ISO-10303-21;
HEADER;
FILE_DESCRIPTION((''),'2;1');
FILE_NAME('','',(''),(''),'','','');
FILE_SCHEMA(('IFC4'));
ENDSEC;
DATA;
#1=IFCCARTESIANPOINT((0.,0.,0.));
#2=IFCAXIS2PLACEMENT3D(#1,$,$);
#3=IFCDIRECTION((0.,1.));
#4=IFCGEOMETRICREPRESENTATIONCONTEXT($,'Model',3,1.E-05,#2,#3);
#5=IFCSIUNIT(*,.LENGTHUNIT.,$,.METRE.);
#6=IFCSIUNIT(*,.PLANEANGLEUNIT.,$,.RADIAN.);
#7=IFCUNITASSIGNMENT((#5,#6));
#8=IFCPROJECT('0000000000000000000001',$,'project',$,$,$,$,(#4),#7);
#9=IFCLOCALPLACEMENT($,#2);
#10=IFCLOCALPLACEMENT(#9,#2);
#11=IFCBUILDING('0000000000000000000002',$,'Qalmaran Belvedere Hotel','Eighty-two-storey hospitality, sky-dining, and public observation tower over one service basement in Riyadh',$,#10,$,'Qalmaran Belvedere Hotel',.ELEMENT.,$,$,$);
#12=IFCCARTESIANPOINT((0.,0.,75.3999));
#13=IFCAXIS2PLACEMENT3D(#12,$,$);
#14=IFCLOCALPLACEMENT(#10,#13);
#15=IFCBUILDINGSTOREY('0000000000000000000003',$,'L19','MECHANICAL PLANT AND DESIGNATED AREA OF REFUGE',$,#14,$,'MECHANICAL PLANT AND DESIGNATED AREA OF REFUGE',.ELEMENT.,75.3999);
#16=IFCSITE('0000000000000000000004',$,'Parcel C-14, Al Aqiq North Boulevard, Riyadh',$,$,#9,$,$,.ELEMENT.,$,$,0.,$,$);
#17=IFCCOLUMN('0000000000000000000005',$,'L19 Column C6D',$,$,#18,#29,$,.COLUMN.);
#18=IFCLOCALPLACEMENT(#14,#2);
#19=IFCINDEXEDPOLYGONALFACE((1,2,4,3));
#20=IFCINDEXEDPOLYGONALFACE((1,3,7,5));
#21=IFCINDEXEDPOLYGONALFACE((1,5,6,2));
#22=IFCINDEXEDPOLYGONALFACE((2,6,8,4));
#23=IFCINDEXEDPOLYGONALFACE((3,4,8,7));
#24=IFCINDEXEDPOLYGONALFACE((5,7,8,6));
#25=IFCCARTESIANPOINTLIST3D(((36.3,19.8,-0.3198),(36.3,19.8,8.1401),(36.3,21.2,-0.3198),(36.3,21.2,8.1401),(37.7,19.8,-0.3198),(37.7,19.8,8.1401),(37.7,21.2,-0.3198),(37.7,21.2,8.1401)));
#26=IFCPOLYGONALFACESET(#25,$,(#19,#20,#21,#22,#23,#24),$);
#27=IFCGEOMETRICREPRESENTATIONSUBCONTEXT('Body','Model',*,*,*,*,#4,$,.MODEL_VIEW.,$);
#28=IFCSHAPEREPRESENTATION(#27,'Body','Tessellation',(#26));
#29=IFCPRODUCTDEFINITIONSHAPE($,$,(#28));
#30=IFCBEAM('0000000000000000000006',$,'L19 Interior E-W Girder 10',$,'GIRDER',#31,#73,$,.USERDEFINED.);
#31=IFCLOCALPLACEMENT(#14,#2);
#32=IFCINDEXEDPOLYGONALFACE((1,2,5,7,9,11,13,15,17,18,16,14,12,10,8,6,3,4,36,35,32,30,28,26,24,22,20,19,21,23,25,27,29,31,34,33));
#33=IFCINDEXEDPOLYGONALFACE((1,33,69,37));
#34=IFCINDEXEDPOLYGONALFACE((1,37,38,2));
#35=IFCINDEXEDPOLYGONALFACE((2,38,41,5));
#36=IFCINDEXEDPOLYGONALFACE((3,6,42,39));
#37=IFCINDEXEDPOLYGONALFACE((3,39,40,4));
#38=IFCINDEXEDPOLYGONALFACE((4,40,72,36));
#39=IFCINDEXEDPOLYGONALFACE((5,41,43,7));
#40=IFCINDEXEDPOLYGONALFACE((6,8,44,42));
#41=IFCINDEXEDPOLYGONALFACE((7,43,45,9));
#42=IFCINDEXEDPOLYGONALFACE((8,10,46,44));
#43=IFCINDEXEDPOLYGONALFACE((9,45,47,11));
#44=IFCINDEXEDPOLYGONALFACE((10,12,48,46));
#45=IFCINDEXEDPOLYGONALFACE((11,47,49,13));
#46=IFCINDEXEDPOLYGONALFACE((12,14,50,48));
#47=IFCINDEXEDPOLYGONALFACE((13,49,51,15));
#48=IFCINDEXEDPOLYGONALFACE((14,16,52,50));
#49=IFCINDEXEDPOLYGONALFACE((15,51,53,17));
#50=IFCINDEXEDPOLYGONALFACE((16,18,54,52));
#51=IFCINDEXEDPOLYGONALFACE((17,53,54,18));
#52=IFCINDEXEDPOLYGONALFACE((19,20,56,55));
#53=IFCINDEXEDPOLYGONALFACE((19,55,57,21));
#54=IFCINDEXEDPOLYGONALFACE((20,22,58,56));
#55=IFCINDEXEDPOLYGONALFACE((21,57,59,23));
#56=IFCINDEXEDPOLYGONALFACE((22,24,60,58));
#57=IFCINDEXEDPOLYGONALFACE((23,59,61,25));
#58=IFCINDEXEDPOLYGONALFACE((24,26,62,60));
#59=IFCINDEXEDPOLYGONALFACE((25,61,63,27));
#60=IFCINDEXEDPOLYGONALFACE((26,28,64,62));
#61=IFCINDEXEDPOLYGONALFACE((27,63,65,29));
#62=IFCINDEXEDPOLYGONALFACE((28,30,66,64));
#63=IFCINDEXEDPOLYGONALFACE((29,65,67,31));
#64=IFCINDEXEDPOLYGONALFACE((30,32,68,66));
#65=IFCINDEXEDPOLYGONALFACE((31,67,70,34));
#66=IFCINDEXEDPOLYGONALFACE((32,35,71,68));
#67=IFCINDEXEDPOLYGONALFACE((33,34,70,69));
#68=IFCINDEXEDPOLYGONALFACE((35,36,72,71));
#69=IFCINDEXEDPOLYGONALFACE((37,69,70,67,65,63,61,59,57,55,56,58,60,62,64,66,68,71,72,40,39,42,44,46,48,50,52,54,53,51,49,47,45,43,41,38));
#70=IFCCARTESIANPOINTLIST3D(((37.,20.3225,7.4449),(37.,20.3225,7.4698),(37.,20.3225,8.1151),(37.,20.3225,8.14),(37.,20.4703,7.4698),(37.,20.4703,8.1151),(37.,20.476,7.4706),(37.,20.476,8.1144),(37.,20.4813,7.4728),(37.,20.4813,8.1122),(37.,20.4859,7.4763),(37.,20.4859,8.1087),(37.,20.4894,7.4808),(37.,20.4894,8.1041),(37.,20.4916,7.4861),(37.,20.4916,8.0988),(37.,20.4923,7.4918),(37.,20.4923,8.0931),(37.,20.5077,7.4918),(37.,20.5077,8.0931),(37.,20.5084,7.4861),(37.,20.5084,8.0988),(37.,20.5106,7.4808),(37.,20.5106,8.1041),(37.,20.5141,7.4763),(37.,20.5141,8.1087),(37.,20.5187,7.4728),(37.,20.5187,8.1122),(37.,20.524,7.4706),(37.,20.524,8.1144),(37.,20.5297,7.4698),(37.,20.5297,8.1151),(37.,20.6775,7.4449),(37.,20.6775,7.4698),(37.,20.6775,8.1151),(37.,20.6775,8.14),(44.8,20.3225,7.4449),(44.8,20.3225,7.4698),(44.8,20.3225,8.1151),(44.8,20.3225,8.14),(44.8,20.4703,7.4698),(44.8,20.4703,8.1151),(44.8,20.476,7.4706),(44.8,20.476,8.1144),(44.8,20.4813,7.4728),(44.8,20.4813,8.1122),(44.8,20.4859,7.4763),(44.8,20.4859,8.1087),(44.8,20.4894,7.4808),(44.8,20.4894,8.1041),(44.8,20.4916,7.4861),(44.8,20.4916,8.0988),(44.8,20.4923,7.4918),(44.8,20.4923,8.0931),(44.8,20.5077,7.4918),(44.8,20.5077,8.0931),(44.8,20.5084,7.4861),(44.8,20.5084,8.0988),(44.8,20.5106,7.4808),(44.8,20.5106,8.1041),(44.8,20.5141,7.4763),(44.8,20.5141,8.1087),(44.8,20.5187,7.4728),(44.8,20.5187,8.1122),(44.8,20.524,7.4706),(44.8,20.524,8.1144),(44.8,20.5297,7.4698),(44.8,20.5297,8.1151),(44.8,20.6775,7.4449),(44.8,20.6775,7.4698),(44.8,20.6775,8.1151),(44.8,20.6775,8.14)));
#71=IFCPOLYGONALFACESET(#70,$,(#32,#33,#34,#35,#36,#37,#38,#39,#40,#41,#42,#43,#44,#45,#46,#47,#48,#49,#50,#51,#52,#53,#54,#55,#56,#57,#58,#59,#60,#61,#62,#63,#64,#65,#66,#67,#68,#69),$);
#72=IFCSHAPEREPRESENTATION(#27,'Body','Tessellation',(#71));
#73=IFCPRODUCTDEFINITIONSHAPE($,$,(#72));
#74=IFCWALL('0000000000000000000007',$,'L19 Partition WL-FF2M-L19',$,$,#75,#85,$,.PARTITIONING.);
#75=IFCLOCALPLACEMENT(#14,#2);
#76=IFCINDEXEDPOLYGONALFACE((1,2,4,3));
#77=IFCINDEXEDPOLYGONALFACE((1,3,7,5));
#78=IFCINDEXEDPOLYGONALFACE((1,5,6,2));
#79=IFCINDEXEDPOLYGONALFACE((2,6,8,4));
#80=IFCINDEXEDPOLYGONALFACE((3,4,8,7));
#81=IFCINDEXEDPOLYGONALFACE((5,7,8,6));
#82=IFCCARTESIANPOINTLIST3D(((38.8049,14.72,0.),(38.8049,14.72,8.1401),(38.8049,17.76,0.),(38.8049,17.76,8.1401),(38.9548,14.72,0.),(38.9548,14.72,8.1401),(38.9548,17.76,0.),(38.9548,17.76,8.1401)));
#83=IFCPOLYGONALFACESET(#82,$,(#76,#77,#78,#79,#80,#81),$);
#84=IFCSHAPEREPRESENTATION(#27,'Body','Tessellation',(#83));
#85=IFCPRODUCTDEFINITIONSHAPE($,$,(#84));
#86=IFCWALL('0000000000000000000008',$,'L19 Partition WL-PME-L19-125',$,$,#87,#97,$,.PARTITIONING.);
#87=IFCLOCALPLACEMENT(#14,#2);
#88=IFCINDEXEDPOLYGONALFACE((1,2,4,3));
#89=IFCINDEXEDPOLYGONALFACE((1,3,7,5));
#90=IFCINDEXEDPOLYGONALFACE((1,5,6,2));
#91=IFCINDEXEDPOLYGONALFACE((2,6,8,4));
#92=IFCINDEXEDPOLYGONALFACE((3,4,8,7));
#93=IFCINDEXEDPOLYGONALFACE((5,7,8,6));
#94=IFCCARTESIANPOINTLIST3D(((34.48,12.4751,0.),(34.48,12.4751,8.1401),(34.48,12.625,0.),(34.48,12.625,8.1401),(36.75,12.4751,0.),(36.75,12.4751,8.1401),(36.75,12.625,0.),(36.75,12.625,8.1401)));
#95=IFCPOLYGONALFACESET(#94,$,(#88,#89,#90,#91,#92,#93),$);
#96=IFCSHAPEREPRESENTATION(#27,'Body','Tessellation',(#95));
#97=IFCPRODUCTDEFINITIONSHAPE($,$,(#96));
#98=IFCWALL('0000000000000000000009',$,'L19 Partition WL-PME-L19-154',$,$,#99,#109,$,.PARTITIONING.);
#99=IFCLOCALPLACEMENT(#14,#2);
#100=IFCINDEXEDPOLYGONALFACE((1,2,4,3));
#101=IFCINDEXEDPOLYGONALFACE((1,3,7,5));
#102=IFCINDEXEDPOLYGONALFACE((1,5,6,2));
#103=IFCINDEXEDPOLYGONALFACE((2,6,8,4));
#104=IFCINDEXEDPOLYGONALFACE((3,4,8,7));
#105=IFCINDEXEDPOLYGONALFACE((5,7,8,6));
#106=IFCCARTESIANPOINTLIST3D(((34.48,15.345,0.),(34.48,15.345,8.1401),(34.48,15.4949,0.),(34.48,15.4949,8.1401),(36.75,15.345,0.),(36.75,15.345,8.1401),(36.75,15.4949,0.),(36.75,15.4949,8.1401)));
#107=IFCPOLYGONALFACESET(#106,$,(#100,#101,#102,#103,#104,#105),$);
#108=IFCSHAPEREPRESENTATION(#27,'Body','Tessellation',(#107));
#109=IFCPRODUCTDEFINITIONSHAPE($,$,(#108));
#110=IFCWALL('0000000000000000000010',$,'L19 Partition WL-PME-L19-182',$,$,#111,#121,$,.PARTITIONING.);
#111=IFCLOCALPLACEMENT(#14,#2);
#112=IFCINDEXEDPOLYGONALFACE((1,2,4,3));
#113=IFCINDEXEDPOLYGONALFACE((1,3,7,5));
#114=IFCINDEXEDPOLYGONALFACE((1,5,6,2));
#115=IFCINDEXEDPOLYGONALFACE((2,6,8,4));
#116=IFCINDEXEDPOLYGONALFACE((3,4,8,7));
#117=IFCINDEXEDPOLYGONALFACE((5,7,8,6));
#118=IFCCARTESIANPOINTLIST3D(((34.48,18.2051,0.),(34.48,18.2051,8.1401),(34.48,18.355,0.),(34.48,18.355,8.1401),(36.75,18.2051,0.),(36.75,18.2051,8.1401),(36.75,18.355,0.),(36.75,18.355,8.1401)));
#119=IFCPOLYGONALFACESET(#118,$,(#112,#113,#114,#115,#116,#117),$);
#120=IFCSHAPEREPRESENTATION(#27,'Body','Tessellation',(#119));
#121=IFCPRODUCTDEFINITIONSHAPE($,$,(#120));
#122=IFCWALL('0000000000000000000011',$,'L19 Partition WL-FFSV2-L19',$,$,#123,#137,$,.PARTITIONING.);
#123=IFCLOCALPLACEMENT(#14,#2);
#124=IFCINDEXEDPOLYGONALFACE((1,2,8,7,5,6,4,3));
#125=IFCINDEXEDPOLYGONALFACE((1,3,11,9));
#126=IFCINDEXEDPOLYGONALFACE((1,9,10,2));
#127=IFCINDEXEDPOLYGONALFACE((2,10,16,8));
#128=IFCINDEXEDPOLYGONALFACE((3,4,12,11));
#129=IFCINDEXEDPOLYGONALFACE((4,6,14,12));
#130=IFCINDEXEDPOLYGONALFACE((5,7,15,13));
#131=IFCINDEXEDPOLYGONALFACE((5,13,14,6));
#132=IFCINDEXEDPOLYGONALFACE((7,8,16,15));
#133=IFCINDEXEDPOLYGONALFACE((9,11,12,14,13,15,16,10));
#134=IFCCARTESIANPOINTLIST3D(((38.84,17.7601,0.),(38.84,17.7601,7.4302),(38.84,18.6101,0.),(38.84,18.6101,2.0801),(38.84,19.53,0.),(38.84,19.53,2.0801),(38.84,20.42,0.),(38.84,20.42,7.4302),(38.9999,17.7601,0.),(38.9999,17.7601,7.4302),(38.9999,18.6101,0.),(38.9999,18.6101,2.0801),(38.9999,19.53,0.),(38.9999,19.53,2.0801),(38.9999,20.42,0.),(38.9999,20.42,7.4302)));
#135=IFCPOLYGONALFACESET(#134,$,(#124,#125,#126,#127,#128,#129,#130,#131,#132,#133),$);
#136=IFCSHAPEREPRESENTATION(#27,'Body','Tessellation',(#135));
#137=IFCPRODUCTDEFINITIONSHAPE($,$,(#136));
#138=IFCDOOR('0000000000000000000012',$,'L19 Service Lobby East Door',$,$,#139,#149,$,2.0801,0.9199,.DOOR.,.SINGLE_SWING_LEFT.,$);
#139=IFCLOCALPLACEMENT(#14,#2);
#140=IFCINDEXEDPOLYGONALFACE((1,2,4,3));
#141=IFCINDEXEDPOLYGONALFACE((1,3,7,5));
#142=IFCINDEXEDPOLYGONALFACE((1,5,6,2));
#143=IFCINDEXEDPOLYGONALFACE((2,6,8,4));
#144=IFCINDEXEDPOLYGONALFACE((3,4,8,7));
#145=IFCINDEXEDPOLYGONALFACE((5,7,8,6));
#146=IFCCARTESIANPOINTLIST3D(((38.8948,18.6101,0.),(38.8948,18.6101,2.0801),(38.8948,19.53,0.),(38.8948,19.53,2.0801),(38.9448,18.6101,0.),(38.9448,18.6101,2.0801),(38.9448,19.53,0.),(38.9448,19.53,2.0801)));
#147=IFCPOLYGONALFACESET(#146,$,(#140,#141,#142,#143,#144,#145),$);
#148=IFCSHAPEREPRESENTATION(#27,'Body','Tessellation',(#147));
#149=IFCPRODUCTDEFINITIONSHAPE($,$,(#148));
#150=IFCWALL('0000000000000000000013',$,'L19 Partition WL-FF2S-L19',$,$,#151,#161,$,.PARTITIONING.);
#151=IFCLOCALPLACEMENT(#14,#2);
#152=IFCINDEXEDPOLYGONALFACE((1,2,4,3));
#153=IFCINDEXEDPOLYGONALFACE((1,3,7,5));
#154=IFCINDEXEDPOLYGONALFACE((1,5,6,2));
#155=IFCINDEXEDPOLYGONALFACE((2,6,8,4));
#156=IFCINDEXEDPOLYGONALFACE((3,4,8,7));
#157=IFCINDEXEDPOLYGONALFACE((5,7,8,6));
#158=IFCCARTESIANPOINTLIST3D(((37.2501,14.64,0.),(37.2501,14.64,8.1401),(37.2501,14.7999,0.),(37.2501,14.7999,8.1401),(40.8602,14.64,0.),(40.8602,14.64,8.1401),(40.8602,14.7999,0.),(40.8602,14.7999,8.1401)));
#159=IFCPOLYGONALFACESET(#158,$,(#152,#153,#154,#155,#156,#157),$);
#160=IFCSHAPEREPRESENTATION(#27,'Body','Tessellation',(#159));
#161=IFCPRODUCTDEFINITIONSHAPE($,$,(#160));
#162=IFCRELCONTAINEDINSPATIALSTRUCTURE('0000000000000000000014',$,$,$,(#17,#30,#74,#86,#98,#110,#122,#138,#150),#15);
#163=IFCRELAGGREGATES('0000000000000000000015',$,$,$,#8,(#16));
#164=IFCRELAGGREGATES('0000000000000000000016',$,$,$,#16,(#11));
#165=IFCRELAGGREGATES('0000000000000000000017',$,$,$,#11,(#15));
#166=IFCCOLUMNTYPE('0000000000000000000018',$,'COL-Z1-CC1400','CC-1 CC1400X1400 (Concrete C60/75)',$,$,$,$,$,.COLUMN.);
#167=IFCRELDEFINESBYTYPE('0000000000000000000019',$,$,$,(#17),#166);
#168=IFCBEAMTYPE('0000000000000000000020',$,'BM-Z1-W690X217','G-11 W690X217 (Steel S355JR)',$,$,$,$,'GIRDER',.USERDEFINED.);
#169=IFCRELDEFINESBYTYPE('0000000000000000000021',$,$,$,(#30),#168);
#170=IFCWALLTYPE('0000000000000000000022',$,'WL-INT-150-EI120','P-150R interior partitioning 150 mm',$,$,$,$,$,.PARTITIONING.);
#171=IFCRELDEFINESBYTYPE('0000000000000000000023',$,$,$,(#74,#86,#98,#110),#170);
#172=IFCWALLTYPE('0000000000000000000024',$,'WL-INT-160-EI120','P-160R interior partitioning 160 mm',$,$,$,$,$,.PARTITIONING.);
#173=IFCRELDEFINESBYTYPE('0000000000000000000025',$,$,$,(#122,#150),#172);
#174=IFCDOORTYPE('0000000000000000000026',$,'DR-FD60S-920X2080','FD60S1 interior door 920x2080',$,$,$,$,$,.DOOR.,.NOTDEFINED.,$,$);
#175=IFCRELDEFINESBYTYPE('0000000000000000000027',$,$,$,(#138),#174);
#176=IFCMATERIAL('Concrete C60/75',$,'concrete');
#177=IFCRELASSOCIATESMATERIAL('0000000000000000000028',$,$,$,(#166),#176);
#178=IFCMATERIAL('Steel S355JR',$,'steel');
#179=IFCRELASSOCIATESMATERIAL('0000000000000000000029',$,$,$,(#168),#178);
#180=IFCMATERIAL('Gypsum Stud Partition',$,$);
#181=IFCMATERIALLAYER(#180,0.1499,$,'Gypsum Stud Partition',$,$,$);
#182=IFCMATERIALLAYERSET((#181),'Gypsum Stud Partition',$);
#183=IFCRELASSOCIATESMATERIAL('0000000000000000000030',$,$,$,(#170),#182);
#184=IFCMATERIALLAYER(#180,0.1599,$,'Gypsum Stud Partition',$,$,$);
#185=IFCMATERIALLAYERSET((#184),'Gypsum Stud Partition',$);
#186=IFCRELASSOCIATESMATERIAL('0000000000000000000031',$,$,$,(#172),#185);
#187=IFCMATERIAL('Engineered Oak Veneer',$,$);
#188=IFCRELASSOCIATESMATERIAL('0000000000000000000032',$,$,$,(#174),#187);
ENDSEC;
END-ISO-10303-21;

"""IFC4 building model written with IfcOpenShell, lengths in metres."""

from ifc_helpers import new_model, si_unit, direction, frame, frame_2d, origin, origin_2d, place, context, subcontext, project, spatial, rectangle, i_section, extrude, material, layer, layer_set, material_profile, profile_set, type_object, element, fill, save


model = new_model("IFC4")

# Units and contexts
model_context = context("Model", 3, precision=1e-05, world=origin(), true_north=direction((0.0, 1.0)))
body_context = subcontext(model_context, "Body", "Model", "MODEL_VIEW")
ifc_project = project(units=[si_unit("LENGTHUNIT", "METRE"), si_unit("PLANEANGLEUNIT", "RADIAN")], contexts=[model_context])

# Site, building, storey
site_placement = place(None, origin())
site = spatial("IfcSite", under=ifc_project, at=site_placement, Name="Parcel C-14, Al Aqiq North Boulevard, Riyadh", CompositionType="ELEMENT", RefElevation=0.0)
building_placement = place(site_placement, origin())
building = spatial("IfcBuilding", under=site, at=building_placement, Name="Qalmaran Belvedere Hotel", Description="Eighty-two-storey hospitality, sky-dining, and public observation tower over one service basement in Riyadh", LongName="Qalmaran Belvedere Hotel", CompositionType="ELEMENT")
storey_placement = place(building_placement, frame((0.0, 0.0, 75.3999)))
storey = spatial("IfcBuildingStorey", under=building, at=storey_placement, Name="L19", Description="MECHANICAL PLANT AND DESIGNATED AREA OF REFUGE", LongName="MECHANICAL PLANT AND DESIGNATED AREA OF REFUGE", CompositionType="ELEMENT", Elevation=75.3999)

# Column
ifc_material_1 = material(Name="Concrete C60/75", Category="concrete")
ifc_material_profile_1 = material_profile(ifc_material_1, rectangle(XDim=1.3999, YDim=1.3999, at=origin_2d()), Name="CC1400X1400")
ifc_profile_set_1 = profile_set([ifc_material_profile_1], Name="Concrete C60/75")
column_type = type_object("IfcColumnType", Name="COL-Z1-CC1400", Description="CC-1 CC1400X1400 (Concrete C60/75)", PredefinedType="COLUMN", material=ifc_profile_set_1)
column_placement = place(storey_placement, frame((37.0, 20.5, -0.3198), z_axis=(0.0, 0.0, 1.0), x_axis=(1.0, 0.0, 0.0)))
element("IfcColumn", 1, at=column_placement, inside=storey, type_object=column_type, Name="L19 Column C6D", PredefinedType="COLUMN", context=body_context, shape_type="SweptSolid", body=[
    extrude(rectangle(XDim=1.3999, YDim=1.3999, at=origin_2d()), origin(), (0.0, 0.0, 1.0), 8.46),
])

# Beam
ifc_material_2 = material(Name="Steel S355JR", Category="steel")
ifc_material_profile_2 = material_profile(ifc_material_2, i_section(OverallWidth=0.355, OverallDepth=0.6951, WebThickness=0.0154, FlangeThickness=0.0249, FilletRadius=0.022, at=origin_2d()), Name="W690X217")
ifc_profile_set_2 = profile_set([ifc_material_profile_2], Name="Steel S355JR")
beam_type = type_object("IfcBeamType", Name="BM-Z1-W690X217", Description="G-11 W690X217 (Steel S355JR)", ElementType="GIRDER", PredefinedType="USERDEFINED", material=ifc_profile_set_2)
beam_placement = place(storey_placement, frame((37.0, 20.5, 7.7925), z_axis=(1.0, 0.0, 0.0), x_axis=(0.0, 1.0, 0.0)))
element("IfcBeam", 2, at=beam_placement, inside=storey, type_object=beam_type, Name="L19 Interior E-W Girder 10", ObjectType="GIRDER", PredefinedType="USERDEFINED", context=body_context, shape_type="SweptSolid", body=[
    extrude(i_section(OverallWidth=0.355, OverallDepth=0.6951, WebThickness=0.0154, FlangeThickness=0.0249, FilletRadius=0.022, at=origin_2d()), origin(), (0.0, 0.0, 1.0), 7.8),
])

# Walls
ifc_material_3 = material(Name="Gypsum Stud Partition")
ifc_layer_1 = layer(ifc_material_3, 0.1499, Name="Gypsum Stud Partition")
ifc_layer_set_1 = layer_set([ifc_layer_1], Name="Gypsum Stud Partition")
wall_type_1 = type_object("IfcWallType", Name="WL-INT-150-EI120", Description="P-150R interior partitioning 150 mm", PredefinedType="PARTITIONING", material=ifc_layer_set_1)
wall_1_placement = place(storey_placement, frame((38.8799, 14.72, 0.0), z_axis=(0.0, 0.0, 1.0), x_axis=(0.0, 1.0, 0.0)))
element("IfcWall", 3, at=wall_1_placement, inside=storey, type_object=wall_type_1, Name="L19 Partition WL-FF2M-L19", PredefinedType="PARTITIONING", context=body_context, shape_type="SweptSolid", body=[
    extrude(rectangle(XDim=3.04, YDim=0.1499, at=frame_2d((1.52, 0.0))), origin(), (0.0, 0.0, 1.0), 8.1401),
])
for number, where, z_axis, x_axis, name in (
    (4, (34.48, 12.55, 0.0), (0.0, 0.0, 1.0), (1.0, 0.0, 0.0), "L19 Partition WL-PME-L19-125"),
    (5, (34.48, 15.4199, 0.0), (0.0, 0.0, 1.0), (1.0, 0.0, 0.0), "L19 Partition WL-PME-L19-154"),
    (6, (34.48, 18.28, 0.0), (0.0, 0.0, 1.0), (1.0, 0.0, 0.0), "L19 Partition WL-PME-L19-182"),
):
    element("IfcWall", number, at=place(storey_placement, frame(where, z_axis=z_axis, x_axis=x_axis)), inside=storey, type_object=wall_type_1, Name=name, PredefinedType="PARTITIONING", context=body_context, shape_type="SweptSolid", body=[
        extrude(rectangle(XDim=2.27, YDim=0.1499, at=frame_2d((1.135, 0.0))), origin(), (0.0, 0.0, 1.0), 8.1401),
    ])

# Wall, opening, door
ifc_layer_2 = layer(ifc_material_3, 0.1599, Name="Gypsum Stud Partition")
ifc_layer_set_2 = layer_set([ifc_layer_2], Name="Gypsum Stud Partition")
wall_type_2 = type_object("IfcWallType", Name="WL-INT-160-EI120", Description="P-160R interior partitioning 160 mm", PredefinedType="PARTITIONING", material=ifc_layer_set_2)
wall_2_placement = place(storey_placement, frame((38.9199, 17.76, 0.0), z_axis=(0.0, 0.0, 1.0), x_axis=(0.0, 1.0, 0.0)))
wall_2 = element("IfcWall", 7, at=wall_2_placement, inside=storey, type_object=wall_type_2, Name="L19 Partition WL-FFSV2-L19", PredefinedType="PARTITIONING", context=body_context, shape_type="SweptSolid", body=[
    extrude(rectangle(XDim=2.6599, YDim=0.1599, at=frame_2d((1.3301, 0.0))), origin(), (0.0, 0.0, 1.0), 7.4302),
])
opening_1_placement = place(wall_2_placement, frame((1.77, 0.0, 0.0), z_axis=(0.0, 0.0, 1.0), x_axis=(-1.0, 0.0, 0.0)))
opening_1 = element("IfcOpeningElement", 8, at=opening_1_placement, cuts=wall_2, PredefinedType="OPENING", context=body_context, shape_type="SweptSolid", body=[
    extrude(rectangle(XDim=0.9199, YDim=2.0801, at=frame_2d((0.46, 1.04))), frame((0.0, 0.0898, 0.0), z_axis=(0.0, -1.0, 0.0), x_axis=(1.0, 0.0, 0.0)), (0.0, 0.0, 1.0), 0.1799),
])
ifc_material_4 = material(Name="Engineered Oak Veneer")
door_type_1 = type_object("IfcDoorType", Name="DR-FD60S-920X2080", Description="FD60S1 interior door 920x2080", OperationType="NOTDEFINED", PredefinedType="DOOR", material=ifc_material_4)
door_1_placement = place(opening_1_placement, origin())
door_1 = element("IfcDoor", 9, at=door_1_placement, inside=storey, type_object=door_type_1, Name="L19 Service Lobby East Door", OperationType="SINGLE_SWING_LEFT", OverallHeight=2.0801, OverallWidth=0.9199, PredefinedType="DOOR", context=body_context, shape_type="SweptSolid", body=[
    extrude(rectangle(XDim=0.9199, YDim=2.0801, at=frame_2d((0.46, 1.04))), frame((0.0, 0.0249, 0.0), z_axis=(0.0, -1.0, 0.0), x_axis=(1.0, 0.0, 0.0)), (0.0, 0.0, 1.0), 0.05),
])
fill(opening_1, door_1)

# Wall
wall_3_placement = place(storey_placement, frame((37.25, 14.72, 0.0), z_axis=(0.0, 0.0, 1.0), x_axis=(1.0, 0.0, 0.0)))
element("IfcWall", 10, at=wall_3_placement, inside=storey, type_object=wall_type_2, Name="L19 Partition WL-FF2S-L19", PredefinedType="PARTITIONING", context=body_context, shape_type="SweptSolid", body=[
    extrude(rectangle(XDim=3.6101, YDim=0.1599, at=frame_2d((1.8052, 0.0))), origin(), (0.0, 0.0, 1.0), 8.1401),
])

save(model, "model.ifc")
